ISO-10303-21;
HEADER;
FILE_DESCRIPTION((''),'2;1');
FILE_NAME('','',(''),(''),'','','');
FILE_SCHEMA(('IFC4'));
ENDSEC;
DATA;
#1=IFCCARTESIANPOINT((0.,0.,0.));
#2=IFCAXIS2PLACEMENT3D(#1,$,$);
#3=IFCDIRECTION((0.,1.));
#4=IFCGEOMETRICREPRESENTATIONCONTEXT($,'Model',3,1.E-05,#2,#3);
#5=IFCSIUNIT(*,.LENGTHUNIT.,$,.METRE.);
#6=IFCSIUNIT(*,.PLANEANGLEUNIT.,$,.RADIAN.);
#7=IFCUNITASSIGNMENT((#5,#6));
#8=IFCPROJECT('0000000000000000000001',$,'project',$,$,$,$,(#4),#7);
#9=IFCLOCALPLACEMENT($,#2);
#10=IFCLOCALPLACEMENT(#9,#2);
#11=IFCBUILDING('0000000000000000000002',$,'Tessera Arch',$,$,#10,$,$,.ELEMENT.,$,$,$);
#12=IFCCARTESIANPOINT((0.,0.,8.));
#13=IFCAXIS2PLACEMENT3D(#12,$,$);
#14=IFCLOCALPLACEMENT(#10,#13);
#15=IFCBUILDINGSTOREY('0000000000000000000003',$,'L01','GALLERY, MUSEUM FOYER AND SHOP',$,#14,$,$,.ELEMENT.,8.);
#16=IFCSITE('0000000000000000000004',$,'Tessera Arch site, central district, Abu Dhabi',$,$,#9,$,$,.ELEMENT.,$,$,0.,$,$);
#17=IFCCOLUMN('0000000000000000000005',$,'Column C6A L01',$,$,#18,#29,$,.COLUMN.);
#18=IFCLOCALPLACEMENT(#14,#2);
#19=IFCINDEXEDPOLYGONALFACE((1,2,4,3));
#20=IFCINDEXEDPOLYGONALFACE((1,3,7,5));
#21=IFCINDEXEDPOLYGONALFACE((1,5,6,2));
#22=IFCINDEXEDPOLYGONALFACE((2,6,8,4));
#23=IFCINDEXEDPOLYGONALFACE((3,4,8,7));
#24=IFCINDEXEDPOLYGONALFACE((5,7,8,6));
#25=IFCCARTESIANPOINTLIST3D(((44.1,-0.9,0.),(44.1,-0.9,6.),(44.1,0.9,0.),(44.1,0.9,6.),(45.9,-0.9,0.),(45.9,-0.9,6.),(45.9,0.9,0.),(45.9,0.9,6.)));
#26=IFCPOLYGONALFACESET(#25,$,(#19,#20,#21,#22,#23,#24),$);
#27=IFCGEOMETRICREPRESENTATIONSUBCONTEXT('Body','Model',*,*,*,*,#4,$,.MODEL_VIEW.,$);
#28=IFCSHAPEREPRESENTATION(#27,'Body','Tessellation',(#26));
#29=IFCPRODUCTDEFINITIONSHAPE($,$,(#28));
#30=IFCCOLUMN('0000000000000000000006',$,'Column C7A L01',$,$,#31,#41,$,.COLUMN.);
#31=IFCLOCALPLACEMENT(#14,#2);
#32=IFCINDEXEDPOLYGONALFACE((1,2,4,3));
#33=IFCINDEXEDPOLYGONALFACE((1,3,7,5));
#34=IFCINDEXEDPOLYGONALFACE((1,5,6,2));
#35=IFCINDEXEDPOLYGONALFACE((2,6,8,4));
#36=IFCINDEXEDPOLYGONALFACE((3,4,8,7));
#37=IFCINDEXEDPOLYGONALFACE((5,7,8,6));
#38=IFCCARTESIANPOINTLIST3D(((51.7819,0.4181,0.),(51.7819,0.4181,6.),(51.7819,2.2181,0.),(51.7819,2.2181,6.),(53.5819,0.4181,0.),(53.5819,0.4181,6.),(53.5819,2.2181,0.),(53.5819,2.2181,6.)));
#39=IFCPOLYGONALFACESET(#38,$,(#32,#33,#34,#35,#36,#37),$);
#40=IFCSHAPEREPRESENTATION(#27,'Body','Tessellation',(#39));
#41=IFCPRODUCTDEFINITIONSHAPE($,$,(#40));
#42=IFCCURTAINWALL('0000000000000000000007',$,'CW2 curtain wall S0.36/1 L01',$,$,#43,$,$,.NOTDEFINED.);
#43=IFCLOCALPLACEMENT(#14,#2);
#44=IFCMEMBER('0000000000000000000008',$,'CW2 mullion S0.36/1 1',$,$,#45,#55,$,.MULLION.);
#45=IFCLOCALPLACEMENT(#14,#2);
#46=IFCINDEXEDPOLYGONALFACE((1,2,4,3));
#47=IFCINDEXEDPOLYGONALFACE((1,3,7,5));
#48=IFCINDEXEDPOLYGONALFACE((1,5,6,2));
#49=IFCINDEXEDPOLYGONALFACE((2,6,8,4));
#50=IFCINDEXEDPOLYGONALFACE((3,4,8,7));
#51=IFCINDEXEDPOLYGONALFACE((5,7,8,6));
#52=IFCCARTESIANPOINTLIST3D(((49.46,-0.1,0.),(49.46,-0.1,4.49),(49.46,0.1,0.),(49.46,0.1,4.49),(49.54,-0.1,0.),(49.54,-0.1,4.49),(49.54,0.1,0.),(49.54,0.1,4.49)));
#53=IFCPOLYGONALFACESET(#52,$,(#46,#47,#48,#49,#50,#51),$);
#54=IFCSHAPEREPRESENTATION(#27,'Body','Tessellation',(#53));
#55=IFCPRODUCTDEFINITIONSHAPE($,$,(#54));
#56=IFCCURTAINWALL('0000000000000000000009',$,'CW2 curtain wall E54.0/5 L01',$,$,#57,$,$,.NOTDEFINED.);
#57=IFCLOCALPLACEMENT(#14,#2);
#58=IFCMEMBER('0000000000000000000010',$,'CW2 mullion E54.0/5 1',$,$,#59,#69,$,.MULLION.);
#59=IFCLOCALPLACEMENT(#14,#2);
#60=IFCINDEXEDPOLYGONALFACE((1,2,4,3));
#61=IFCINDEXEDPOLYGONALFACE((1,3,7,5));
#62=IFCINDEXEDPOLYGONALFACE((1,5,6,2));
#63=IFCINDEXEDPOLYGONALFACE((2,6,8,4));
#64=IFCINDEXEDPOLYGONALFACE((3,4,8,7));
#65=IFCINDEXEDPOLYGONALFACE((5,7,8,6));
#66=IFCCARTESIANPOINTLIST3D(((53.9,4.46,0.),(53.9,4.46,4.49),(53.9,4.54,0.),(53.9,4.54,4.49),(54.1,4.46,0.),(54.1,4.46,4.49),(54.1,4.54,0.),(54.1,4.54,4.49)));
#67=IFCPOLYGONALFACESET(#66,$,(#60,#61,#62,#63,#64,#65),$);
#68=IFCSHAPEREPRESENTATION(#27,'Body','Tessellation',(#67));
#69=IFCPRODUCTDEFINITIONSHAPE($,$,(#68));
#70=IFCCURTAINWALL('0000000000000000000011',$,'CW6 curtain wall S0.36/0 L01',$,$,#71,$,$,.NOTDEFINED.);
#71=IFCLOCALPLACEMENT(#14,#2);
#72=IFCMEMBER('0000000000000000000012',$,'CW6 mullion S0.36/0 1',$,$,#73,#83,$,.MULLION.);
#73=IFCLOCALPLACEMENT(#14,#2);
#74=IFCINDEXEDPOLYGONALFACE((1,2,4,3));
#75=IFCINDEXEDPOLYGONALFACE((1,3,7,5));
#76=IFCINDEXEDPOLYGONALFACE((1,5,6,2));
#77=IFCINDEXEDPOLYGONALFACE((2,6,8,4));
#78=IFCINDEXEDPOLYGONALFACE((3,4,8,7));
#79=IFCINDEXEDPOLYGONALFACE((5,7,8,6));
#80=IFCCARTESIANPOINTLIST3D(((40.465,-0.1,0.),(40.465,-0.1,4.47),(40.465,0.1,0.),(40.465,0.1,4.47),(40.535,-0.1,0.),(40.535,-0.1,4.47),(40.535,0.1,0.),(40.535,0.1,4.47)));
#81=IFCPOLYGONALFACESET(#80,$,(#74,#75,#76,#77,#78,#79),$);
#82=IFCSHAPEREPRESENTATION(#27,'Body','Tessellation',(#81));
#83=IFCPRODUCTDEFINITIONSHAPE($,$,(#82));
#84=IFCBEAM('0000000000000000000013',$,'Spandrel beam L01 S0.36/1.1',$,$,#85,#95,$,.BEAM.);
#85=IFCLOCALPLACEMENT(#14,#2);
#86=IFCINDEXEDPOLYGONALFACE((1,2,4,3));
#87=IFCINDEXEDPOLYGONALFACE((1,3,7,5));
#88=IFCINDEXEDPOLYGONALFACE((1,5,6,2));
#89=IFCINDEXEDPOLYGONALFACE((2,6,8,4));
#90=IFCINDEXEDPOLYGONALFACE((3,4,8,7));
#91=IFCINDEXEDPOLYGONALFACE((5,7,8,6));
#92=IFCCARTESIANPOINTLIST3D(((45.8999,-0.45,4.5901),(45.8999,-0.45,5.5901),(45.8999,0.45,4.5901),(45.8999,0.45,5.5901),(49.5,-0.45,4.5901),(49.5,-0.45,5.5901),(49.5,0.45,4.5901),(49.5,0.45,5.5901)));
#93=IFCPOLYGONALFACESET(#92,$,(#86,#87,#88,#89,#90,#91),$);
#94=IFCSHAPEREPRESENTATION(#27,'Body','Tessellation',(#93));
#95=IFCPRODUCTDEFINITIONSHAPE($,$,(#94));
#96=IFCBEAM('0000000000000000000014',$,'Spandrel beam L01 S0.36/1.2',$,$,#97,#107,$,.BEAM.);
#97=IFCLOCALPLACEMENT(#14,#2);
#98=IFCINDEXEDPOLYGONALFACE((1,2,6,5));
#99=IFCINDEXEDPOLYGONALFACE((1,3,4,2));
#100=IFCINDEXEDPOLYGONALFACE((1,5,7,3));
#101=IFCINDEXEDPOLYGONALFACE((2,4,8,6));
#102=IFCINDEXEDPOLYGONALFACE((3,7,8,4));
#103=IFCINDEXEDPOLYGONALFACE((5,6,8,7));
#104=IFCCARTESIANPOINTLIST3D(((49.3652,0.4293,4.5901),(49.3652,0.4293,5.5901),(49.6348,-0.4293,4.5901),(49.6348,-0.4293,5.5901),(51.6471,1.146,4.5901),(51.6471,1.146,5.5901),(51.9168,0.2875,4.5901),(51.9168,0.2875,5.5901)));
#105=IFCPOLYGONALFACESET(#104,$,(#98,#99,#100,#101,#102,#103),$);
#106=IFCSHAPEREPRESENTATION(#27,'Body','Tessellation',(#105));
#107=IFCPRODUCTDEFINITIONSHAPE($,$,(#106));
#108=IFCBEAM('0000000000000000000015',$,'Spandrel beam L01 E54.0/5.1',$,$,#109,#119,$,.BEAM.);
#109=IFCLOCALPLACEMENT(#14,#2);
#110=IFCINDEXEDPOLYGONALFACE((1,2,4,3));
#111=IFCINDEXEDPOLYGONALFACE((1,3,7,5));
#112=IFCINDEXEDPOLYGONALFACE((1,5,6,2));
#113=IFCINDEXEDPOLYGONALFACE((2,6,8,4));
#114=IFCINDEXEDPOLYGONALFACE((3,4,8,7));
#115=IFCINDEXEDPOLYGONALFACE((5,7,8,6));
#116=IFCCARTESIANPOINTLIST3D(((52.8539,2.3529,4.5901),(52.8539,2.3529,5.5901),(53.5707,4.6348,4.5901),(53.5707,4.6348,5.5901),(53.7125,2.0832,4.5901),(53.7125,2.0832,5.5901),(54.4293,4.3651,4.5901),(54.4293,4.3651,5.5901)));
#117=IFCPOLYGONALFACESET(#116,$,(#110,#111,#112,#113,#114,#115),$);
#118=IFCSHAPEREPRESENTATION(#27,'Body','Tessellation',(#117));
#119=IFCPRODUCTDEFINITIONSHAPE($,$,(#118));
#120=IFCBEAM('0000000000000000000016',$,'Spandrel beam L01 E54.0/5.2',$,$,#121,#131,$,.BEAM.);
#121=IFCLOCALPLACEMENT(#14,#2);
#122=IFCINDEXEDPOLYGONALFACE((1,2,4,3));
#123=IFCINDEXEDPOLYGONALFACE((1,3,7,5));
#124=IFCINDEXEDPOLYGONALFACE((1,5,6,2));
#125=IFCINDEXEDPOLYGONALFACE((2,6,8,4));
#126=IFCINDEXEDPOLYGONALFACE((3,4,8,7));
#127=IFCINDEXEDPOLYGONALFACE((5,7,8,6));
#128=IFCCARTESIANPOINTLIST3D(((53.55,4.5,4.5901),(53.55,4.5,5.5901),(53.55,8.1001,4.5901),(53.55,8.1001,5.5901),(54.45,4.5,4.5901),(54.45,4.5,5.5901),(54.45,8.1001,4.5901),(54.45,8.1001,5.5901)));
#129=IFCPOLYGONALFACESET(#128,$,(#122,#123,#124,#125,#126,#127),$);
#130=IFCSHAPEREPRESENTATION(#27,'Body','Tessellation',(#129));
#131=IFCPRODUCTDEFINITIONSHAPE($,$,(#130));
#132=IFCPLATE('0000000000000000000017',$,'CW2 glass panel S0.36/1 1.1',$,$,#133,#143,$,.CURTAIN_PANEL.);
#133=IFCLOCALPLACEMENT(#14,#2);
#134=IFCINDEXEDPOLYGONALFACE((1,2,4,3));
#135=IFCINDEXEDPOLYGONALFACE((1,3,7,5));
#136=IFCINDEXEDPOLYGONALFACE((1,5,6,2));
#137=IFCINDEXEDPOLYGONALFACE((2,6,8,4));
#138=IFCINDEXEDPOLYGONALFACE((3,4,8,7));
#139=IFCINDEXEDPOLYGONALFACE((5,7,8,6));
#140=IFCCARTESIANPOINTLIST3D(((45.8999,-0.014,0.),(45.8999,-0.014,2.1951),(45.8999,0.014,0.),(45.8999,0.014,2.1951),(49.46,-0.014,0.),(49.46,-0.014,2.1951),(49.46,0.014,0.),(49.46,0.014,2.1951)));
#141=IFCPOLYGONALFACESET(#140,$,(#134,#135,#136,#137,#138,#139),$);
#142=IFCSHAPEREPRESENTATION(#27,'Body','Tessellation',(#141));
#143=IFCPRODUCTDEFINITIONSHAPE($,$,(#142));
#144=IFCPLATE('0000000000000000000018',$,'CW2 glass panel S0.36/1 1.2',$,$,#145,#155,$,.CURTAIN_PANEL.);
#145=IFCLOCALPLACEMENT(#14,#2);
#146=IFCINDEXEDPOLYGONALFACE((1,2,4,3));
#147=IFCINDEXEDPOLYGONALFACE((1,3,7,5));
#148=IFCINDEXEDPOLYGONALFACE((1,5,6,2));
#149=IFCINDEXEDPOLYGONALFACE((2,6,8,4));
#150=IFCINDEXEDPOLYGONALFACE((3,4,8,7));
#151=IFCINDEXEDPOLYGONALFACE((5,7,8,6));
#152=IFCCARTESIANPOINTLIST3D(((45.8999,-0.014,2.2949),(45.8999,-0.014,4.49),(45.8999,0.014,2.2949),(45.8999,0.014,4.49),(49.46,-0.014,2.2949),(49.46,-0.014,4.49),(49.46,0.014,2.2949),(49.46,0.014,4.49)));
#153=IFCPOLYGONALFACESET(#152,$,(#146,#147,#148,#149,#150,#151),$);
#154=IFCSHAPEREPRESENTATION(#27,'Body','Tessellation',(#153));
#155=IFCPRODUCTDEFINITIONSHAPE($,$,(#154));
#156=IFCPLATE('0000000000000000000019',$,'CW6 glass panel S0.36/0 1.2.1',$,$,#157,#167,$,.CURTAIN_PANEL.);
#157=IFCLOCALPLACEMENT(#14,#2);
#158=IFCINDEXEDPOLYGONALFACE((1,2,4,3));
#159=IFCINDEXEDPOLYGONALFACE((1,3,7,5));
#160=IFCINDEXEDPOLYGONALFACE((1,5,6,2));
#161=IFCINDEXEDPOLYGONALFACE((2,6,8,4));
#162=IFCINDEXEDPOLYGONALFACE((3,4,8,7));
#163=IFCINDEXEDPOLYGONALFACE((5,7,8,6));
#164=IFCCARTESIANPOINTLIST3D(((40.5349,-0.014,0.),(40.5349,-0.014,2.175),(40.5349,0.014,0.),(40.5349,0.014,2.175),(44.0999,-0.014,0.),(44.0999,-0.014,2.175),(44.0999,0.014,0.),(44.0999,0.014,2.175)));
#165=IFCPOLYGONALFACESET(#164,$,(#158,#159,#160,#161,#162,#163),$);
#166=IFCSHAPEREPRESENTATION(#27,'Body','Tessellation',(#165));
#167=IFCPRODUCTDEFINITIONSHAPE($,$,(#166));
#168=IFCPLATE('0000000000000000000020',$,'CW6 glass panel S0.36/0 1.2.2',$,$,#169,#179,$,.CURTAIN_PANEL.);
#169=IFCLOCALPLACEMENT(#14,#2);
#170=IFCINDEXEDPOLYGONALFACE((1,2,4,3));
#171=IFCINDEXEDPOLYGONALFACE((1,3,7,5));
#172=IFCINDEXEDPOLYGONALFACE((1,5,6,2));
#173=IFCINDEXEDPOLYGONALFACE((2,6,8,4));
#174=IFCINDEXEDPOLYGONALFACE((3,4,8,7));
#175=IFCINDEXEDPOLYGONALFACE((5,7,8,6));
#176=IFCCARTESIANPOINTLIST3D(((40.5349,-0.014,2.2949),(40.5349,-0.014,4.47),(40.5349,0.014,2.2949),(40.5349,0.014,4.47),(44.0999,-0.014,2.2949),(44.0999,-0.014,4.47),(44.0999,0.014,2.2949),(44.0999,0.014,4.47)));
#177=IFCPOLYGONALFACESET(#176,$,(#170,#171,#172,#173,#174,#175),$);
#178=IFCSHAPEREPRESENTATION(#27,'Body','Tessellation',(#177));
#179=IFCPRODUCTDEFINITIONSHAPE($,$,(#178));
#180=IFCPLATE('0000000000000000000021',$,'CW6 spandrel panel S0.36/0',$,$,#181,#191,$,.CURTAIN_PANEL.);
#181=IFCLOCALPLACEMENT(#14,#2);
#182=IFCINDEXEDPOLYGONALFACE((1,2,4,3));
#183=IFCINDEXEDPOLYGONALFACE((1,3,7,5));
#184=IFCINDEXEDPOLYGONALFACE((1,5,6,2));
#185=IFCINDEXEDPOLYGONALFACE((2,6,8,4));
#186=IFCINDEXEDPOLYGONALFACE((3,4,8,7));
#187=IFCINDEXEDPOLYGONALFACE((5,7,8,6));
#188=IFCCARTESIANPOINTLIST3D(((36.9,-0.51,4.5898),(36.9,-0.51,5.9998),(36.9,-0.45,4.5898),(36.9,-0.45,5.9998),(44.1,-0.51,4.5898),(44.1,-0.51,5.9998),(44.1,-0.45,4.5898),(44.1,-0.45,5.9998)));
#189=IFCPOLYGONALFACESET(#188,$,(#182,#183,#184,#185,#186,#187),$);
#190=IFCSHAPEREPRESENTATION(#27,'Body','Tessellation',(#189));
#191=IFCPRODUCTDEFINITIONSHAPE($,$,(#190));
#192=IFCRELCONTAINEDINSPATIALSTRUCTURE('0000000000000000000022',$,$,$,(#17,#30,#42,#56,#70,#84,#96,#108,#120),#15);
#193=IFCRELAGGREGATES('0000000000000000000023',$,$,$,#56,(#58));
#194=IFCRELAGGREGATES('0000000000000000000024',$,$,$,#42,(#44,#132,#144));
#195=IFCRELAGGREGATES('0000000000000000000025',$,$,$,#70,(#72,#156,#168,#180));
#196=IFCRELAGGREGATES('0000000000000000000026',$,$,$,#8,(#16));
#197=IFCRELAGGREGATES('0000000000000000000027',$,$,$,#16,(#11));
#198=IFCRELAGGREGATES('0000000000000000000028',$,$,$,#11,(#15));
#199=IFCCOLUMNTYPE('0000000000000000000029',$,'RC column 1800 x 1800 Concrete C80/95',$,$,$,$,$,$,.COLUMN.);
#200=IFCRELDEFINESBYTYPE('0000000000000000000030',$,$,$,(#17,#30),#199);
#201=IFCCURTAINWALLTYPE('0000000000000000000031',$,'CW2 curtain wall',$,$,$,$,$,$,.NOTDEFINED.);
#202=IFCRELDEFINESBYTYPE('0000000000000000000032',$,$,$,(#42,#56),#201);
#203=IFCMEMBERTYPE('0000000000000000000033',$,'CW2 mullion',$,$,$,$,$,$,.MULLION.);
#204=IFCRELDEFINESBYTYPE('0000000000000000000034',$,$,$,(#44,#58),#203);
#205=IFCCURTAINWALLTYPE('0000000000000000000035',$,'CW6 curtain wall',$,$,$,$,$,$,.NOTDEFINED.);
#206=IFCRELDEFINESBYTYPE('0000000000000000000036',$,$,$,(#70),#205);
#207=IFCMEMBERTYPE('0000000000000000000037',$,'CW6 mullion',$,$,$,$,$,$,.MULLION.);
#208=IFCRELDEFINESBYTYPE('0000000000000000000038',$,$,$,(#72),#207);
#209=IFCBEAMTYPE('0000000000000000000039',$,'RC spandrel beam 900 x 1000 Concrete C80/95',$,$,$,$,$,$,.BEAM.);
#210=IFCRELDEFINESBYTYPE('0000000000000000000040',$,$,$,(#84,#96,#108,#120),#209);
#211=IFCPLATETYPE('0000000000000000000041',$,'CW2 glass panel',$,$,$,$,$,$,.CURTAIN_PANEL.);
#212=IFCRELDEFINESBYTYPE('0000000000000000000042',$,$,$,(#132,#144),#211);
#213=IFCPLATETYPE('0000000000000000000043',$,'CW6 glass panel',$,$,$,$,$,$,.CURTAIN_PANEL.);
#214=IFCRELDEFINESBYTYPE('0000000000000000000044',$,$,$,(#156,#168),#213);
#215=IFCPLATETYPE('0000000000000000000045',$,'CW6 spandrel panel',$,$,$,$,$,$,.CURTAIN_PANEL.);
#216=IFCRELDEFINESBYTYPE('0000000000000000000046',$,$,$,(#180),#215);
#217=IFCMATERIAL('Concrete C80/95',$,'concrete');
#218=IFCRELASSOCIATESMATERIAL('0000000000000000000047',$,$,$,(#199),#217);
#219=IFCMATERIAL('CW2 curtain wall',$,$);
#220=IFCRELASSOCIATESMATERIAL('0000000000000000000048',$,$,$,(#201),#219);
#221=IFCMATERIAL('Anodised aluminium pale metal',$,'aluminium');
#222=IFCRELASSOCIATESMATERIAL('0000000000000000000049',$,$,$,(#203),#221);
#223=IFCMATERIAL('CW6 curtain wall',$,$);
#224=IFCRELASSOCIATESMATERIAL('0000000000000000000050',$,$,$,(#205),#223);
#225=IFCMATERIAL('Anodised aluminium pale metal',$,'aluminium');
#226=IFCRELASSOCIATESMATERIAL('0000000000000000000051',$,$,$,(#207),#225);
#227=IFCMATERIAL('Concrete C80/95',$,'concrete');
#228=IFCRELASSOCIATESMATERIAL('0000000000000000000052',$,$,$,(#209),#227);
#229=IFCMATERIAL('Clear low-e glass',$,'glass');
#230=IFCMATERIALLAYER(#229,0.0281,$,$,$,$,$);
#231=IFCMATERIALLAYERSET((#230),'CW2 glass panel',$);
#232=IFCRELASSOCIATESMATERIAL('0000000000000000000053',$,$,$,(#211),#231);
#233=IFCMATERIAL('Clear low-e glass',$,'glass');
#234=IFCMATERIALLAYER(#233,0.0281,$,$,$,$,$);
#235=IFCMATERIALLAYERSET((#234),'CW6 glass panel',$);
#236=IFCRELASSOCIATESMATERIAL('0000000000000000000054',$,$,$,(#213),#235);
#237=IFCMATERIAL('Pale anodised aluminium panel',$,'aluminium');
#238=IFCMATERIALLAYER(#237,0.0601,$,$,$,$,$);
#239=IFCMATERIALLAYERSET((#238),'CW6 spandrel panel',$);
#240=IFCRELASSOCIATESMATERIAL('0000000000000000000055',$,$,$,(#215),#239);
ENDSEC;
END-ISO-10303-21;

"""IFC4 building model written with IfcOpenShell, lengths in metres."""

from ifc_helpers import new_model, si_unit, direction, frame, origin, origin_2d, place, context, subcontext, project, spatial, rectangle, extrude, material, layer, layer_set, material_profile, profile_set, type_object, element, aggregate, save


model = new_model("IFC4")

# Units and contexts
model_context = context("Model", 3, precision=1e-05, world=origin(), true_north=direction((0.0, 1.0)))
body_context = subcontext(model_context, "Body", "Model", "MODEL_VIEW")
ifc_project = project(units=[si_unit("LENGTHUNIT", "METRE"), si_unit("PLANEANGLEUNIT", "RADIAN")], contexts=[model_context])

# Site, building, storey
site_placement = place(None, origin())
site = spatial("IfcSite", under=ifc_project, at=site_placement, Name="Tessera Arch site, central district, Abu Dhabi", CompositionType="ELEMENT", RefElevation=0.0)
building_placement = place(site_placement, origin())
building = spatial("IfcBuilding", under=site, at=building_placement, Name="Tessera Arch", CompositionType="ELEMENT")
storey_placement = place(building_placement, frame((0.0, 0.0, 8.0)))
storey = spatial("IfcBuildingStorey", under=building, at=storey_placement, Name="L01", Description="GALLERY, MUSEUM FOYER AND SHOP", CompositionType="ELEMENT", Elevation=8.0)

# Columns
ifc_material_1 = material(Name="Concrete C80/95", Category="concrete")
ifc_material_profile_1 = material_profile(ifc_material_1, rectangle(XDim=1.8, YDim=1.8, at=origin_2d()), Name="RC column 1800 x 1800 Concrete C80/95")
ifc_profile_set_1 = profile_set([ifc_material_profile_1], Name="Concrete C80/95")
column_type = type_object("IfcColumnType", Name="RC column 1800 x 1800 Concrete C80/95", PredefinedType="COLUMN", material=ifc_profile_set_1)
for number, where, z_axis, x_axis, name in (
    (1, (45.0, 0.0, 0.0), (0.0, 0.0, 1.0), (1.0, 0.0, 0.0), "Column C6A L01"),
    (2, (52.6819, 1.3181, 0.0), (0.0, 0.0, 1.0), (1.0, 0.0, 0.0), "Column C7A L01"),
):
    element("IfcColumn", number, at=place(storey_placement, frame(where, z_axis=z_axis, x_axis=x_axis)), inside=storey, type_object=column_type, Name=name, PredefinedType="COLUMN", context=body_context, shape_type="SweptSolid", body=[
        extrude(rectangle(XDim=1.8, YDim=1.8, at=origin_2d()), origin(), (0.0, 0.0, 1.0), 6.0),
    ])

# Curtain walls, members
ifc_material_2 = material(Name="CW2 curtain wall")
curtain_wall_type_1 = type_object("IfcCurtainWallType", Name="CW2 curtain wall", PredefinedType="NOTDEFINED", material=ifc_material_2)
curtain_wall_1_placement = place(storey_placement, origin())
curtain_wall_1 = element("IfcCurtainWall", 3, at=curtain_wall_1_placement, inside=storey, type_object=curtain_wall_type_1, Name="CW2 curtain wall S0.36/1 L01", PredefinedType="NOTDEFINED")
ifc_material_3 = material(Name="Anodised aluminium pale metal", Category="aluminium")
ifc_material_profile_2 = material_profile(ifc_material_3, rectangle(XDim=0.2, YDim=0.0801, at=origin_2d()), Name="AL 80x200")
ifc_profile_set_2 = profile_set([ifc_material_profile_2], Name="Anodised aluminium pale metal")
member_type_1 = type_object("IfcMemberType", Name="CW2 mullion", PredefinedType="MULLION", material=ifc_profile_set_2)
member_1_placement = place(storey_placement, frame((49.5, 0.0, 0.0), z_axis=(0.0, 0.0, 1.0), x_axis=(0.0, 1.0, 0.0)))
member_1 = element("IfcMember", 4, at=member_1_placement, type_object=member_type_1, Name="CW2 mullion S0.36/1 1", PredefinedType="MULLION", context=body_context, shape_type="SweptSolid", body=[
    extrude(rectangle(XDim=0.2, YDim=0.0801, at=origin_2d()), origin(), (0.0, 0.0, 1.0), 4.49),
])
curtain_wall_2_placement = place(storey_placement, origin())
curtain_wall_2 = element("IfcCurtainWall", 5, at=curtain_wall_2_placement, inside=storey, type_object=curtain_wall_type_1, Name="CW2 curtain wall E54.0/5 L01", PredefinedType="NOTDEFINED")
member_2_placement = place(storey_placement, frame((54.0, 4.5, 0.0), z_axis=(0.0, 0.0, 1.0), x_axis=(-1.0, 0.0, 0.0)))
member_2 = element("IfcMember", 6, at=member_2_placement, type_object=member_type_1, Name="CW2 mullion E54.0/5 1", PredefinedType="MULLION", context=body_context, shape_type="SweptSolid", body=[
    extrude(rectangle(XDim=0.2, YDim=0.0801, at=origin_2d()), origin(), (0.0, 0.0, 1.0), 4.49),
])
aggregate(curtain_wall_2, [member_2])
ifc_material_4 = material(Name="CW6 curtain wall")
curtain_wall_type_2 = type_object("IfcCurtainWallType", Name="CW6 curtain wall", PredefinedType="NOTDEFINED", material=ifc_material_4)
curtain_wall_3_placement = place(storey_placement, origin())
curtain_wall_3 = element("IfcCurtainWall", 7, at=curtain_wall_3_placement, inside=storey, type_object=curtain_wall_type_2, Name="CW6 curtain wall S0.36/0 L01", PredefinedType="NOTDEFINED")
ifc_material_5 = material(Name="Anodised aluminium pale metal", Category="aluminium")
ifc_material_profile_3 = material_profile(ifc_material_5, rectangle(XDim=0.2, YDim=0.0701, at=origin_2d()), Name="AL 70x200")
ifc_profile_set_3 = profile_set([ifc_material_profile_3], Name="Anodised aluminium pale metal")
member_type_2 = type_object("IfcMemberType", Name="CW6 mullion", PredefinedType="MULLION", material=ifc_profile_set_3)
member_3_placement = place(storey_placement, frame((40.5, 0.0, 0.0), z_axis=(0.0, 0.0, 1.0), x_axis=(0.0, 1.0, 0.0)))
member_3 = element("IfcMember", 8, at=member_3_placement, type_object=member_type_2, Name="CW6 mullion S0.36/0 1", PredefinedType="MULLION", context=body_context, shape_type="SweptSolid", body=[
    extrude(rectangle(XDim=0.2, YDim=0.0701, at=origin_2d()), origin(), (0.0, 0.0, 1.0), 4.47),
])

# Beams
ifc_material_6 = material(Name="Concrete C80/95", Category="concrete")
ifc_material_profile_4 = material_profile(ifc_material_6, rectangle(XDim=0.8999, YDim=1.0, at=origin_2d()), Name="RC spandrel beam 900 x 1000 Concrete C80/95")
ifc_profile_set_4 = profile_set([ifc_material_profile_4], Name="Concrete C80/95")
beam_type = type_object("IfcBeamType", Name="RC spandrel beam 900 x 1000 Concrete C80/95", PredefinedType="BEAM", material=ifc_profile_set_4)
beam_1_placement = place(storey_placement, frame((45.8999, 0.0, 5.0901), z_axis=(1.0, 0.0, 0.0), x_axis=(0.0, 1.0, 0.0)))
element("IfcBeam", 9, at=beam_1_placement, inside=storey, type_object=beam_type, Name="Spandrel beam L01 S0.36/1.1", PredefinedType="BEAM", context=body_context, shape_type="SweptSolid", body=[
    extrude(rectangle(XDim=0.8999, YDim=1.0, at=origin_2d()), origin(), (0.0, 0.0, 1.0), 3.6001),
])
for number, where, z_axis, x_axis, name in (
    (10, (49.5, 0.0, 5.0901), (0.954041, 0.299675, 0.0), (-0.299675, 0.954041, 0.0), "Spandrel beam L01 S0.36/1.2"),
    (11, (53.2832, 2.218, 5.0901), (0.299675, 0.954041, 0.0), (-0.954041, 0.299675, 0.0), "Spandrel beam L01 E54.0/5.1"),
):
    element("IfcBeam", number, at=place(storey_placement, frame(where, z_axis=z_axis, x_axis=x_axis)), inside=storey, type_object=beam_type, Name=name, PredefinedType="BEAM", context=body_context, shape_type="SweptSolid", body=[
        extrude(rectangle(XDim=0.8999, YDim=1.0, at=origin_2d()), origin(), (0.0, 0.0, 1.0), 2.3918),
    ])
beam_2_placement = place(storey_placement, frame((54.0, 4.5, 5.0901), z_axis=(0.0, 1.0, 0.0), x_axis=(-1.0, 0.0, 0.0)))
element("IfcBeam", 12, at=beam_2_placement, inside=storey, type_object=beam_type, Name="Spandrel beam L01 E54.0/5.2", PredefinedType="BEAM", context=body_context, shape_type="SweptSolid", body=[
    extrude(rectangle(XDim=0.8999, YDim=1.0, at=origin_2d()), origin(), (0.0, 0.0, 1.0), 3.6001),
])

# Plates
ifc_material_7 = material(Name="Clear low-e glass", Category="glass")
ifc_layer_1 = layer(ifc_material_7, 0.0281)
ifc_layer_set_1 = layer_set([ifc_layer_1], Name="CW2 glass panel")
plate_type_1 = type_object("IfcPlateType", Name="CW2 glass panel", PredefinedType="CURTAIN_PANEL", material=ifc_layer_set_1)
plate_1_placement = place(storey_placement, frame((47.6799, 0.0, 0.0), z_axis=(0.0, 0.0, 1.0), x_axis=(1.0, 0.0, 0.0)))
plate_1 = element("IfcPlate", 13, at=plate_1_placement, type_object=plate_type_1, Name="CW2 glass panel S0.36/1 1.1", PredefinedType="CURTAIN_PANEL", context=body_context, shape_type="SweptSolid", body=[
    extrude(rectangle(XDim=3.5601, YDim=0.0281, at=origin_2d()), origin(), (0.0, 0.0, 1.0), 2.1951),
])
plate_2_placement = place(storey_placement, frame((47.6799, 0.0, 2.2949), z_axis=(0.0, 0.0, 1.0), x_axis=(1.0, 0.0, 0.0)))
plate_2 = element("IfcPlate", 14, at=plate_2_placement, type_object=plate_type_1, Name="CW2 glass panel S0.36/1 1.2", PredefinedType="CURTAIN_PANEL", context=body_context, shape_type="SweptSolid", body=[
    extrude(rectangle(XDim=3.5601, YDim=0.0281, at=origin_2d()), origin(), (0.0, 0.0, 1.0), 2.1951),
])
aggregate(curtain_wall_1, [member_1, plate_1, plate_2])
ifc_material_8 = material(Name="Clear low-e glass", Category="glass")
ifc_layer_2 = layer(ifc_material_8, 0.0281)
ifc_layer_set_2 = layer_set([ifc_layer_2], Name="CW6 glass panel")
plate_type_2 = type_object("IfcPlateType", Name="CW6 glass panel", PredefinedType="CURTAIN_PANEL", material=ifc_layer_set_2)
plate_3_placement = place(storey_placement, frame((42.3174, 0.0, 0.0), z_axis=(0.0, 0.0, 1.0), x_axis=(1.0, 0.0, 0.0)))
plate_3 = element("IfcPlate", 15, at=plate_3_placement, type_object=plate_type_2, Name="CW6 glass panel S0.36/0 1.2.1", PredefinedType="CURTAIN_PANEL", context=body_context, shape_type="SweptSolid", body=[
    extrude(rectangle(XDim=3.5649, YDim=0.0281, at=origin_2d()), origin(), (0.0, 0.0, 1.0), 2.175),
])
plate_4_placement = place(storey_placement, frame((42.3174, 0.0, 2.2949), z_axis=(0.0, 0.0, 1.0), x_axis=(1.0, 0.0, 0.0)))
plate_4 = element("IfcPlate", 16, at=plate_4_placement, type_object=plate_type_2, Name="CW6 glass panel S0.36/0 1.2.2", PredefinedType="CURTAIN_PANEL", context=body_context, shape_type="SweptSolid", body=[
    extrude(rectangle(XDim=3.5649, YDim=0.0281, at=origin_2d()), origin(), (0.0, 0.0, 1.0), 2.175),
])
ifc_material_9 = material(Name="Pale anodised aluminium panel", Category="aluminium")
ifc_layer_3 = layer(ifc_material_9, 0.0601)
ifc_layer_set_3 = layer_set([ifc_layer_3], Name="CW6 spandrel panel")
plate_type_3 = type_object("IfcPlateType", Name="CW6 spandrel panel", PredefinedType="CURTAIN_PANEL", material=ifc_layer_set_3)
plate_5_placement = place(storey_placement, frame((40.5, -0.48, 4.5898), z_axis=(0.0, 0.0, 1.0), x_axis=(1.0, 0.0, 0.0)))
plate_5 = element("IfcPlate", 17, at=plate_5_placement, type_object=plate_type_3, Name="CW6 spandrel panel S0.36/0", PredefinedType="CURTAIN_PANEL", context=body_context, shape_type="SweptSolid", body=[
    extrude(rectangle(XDim=7.2, YDim=0.0601, at=origin_2d()), origin(), (0.0, 0.0, 1.0), 1.4099),
])
aggregate(curtain_wall_3, [member_3, plate_3, plate_4, plate_5])

save(model, "model.ifc")
